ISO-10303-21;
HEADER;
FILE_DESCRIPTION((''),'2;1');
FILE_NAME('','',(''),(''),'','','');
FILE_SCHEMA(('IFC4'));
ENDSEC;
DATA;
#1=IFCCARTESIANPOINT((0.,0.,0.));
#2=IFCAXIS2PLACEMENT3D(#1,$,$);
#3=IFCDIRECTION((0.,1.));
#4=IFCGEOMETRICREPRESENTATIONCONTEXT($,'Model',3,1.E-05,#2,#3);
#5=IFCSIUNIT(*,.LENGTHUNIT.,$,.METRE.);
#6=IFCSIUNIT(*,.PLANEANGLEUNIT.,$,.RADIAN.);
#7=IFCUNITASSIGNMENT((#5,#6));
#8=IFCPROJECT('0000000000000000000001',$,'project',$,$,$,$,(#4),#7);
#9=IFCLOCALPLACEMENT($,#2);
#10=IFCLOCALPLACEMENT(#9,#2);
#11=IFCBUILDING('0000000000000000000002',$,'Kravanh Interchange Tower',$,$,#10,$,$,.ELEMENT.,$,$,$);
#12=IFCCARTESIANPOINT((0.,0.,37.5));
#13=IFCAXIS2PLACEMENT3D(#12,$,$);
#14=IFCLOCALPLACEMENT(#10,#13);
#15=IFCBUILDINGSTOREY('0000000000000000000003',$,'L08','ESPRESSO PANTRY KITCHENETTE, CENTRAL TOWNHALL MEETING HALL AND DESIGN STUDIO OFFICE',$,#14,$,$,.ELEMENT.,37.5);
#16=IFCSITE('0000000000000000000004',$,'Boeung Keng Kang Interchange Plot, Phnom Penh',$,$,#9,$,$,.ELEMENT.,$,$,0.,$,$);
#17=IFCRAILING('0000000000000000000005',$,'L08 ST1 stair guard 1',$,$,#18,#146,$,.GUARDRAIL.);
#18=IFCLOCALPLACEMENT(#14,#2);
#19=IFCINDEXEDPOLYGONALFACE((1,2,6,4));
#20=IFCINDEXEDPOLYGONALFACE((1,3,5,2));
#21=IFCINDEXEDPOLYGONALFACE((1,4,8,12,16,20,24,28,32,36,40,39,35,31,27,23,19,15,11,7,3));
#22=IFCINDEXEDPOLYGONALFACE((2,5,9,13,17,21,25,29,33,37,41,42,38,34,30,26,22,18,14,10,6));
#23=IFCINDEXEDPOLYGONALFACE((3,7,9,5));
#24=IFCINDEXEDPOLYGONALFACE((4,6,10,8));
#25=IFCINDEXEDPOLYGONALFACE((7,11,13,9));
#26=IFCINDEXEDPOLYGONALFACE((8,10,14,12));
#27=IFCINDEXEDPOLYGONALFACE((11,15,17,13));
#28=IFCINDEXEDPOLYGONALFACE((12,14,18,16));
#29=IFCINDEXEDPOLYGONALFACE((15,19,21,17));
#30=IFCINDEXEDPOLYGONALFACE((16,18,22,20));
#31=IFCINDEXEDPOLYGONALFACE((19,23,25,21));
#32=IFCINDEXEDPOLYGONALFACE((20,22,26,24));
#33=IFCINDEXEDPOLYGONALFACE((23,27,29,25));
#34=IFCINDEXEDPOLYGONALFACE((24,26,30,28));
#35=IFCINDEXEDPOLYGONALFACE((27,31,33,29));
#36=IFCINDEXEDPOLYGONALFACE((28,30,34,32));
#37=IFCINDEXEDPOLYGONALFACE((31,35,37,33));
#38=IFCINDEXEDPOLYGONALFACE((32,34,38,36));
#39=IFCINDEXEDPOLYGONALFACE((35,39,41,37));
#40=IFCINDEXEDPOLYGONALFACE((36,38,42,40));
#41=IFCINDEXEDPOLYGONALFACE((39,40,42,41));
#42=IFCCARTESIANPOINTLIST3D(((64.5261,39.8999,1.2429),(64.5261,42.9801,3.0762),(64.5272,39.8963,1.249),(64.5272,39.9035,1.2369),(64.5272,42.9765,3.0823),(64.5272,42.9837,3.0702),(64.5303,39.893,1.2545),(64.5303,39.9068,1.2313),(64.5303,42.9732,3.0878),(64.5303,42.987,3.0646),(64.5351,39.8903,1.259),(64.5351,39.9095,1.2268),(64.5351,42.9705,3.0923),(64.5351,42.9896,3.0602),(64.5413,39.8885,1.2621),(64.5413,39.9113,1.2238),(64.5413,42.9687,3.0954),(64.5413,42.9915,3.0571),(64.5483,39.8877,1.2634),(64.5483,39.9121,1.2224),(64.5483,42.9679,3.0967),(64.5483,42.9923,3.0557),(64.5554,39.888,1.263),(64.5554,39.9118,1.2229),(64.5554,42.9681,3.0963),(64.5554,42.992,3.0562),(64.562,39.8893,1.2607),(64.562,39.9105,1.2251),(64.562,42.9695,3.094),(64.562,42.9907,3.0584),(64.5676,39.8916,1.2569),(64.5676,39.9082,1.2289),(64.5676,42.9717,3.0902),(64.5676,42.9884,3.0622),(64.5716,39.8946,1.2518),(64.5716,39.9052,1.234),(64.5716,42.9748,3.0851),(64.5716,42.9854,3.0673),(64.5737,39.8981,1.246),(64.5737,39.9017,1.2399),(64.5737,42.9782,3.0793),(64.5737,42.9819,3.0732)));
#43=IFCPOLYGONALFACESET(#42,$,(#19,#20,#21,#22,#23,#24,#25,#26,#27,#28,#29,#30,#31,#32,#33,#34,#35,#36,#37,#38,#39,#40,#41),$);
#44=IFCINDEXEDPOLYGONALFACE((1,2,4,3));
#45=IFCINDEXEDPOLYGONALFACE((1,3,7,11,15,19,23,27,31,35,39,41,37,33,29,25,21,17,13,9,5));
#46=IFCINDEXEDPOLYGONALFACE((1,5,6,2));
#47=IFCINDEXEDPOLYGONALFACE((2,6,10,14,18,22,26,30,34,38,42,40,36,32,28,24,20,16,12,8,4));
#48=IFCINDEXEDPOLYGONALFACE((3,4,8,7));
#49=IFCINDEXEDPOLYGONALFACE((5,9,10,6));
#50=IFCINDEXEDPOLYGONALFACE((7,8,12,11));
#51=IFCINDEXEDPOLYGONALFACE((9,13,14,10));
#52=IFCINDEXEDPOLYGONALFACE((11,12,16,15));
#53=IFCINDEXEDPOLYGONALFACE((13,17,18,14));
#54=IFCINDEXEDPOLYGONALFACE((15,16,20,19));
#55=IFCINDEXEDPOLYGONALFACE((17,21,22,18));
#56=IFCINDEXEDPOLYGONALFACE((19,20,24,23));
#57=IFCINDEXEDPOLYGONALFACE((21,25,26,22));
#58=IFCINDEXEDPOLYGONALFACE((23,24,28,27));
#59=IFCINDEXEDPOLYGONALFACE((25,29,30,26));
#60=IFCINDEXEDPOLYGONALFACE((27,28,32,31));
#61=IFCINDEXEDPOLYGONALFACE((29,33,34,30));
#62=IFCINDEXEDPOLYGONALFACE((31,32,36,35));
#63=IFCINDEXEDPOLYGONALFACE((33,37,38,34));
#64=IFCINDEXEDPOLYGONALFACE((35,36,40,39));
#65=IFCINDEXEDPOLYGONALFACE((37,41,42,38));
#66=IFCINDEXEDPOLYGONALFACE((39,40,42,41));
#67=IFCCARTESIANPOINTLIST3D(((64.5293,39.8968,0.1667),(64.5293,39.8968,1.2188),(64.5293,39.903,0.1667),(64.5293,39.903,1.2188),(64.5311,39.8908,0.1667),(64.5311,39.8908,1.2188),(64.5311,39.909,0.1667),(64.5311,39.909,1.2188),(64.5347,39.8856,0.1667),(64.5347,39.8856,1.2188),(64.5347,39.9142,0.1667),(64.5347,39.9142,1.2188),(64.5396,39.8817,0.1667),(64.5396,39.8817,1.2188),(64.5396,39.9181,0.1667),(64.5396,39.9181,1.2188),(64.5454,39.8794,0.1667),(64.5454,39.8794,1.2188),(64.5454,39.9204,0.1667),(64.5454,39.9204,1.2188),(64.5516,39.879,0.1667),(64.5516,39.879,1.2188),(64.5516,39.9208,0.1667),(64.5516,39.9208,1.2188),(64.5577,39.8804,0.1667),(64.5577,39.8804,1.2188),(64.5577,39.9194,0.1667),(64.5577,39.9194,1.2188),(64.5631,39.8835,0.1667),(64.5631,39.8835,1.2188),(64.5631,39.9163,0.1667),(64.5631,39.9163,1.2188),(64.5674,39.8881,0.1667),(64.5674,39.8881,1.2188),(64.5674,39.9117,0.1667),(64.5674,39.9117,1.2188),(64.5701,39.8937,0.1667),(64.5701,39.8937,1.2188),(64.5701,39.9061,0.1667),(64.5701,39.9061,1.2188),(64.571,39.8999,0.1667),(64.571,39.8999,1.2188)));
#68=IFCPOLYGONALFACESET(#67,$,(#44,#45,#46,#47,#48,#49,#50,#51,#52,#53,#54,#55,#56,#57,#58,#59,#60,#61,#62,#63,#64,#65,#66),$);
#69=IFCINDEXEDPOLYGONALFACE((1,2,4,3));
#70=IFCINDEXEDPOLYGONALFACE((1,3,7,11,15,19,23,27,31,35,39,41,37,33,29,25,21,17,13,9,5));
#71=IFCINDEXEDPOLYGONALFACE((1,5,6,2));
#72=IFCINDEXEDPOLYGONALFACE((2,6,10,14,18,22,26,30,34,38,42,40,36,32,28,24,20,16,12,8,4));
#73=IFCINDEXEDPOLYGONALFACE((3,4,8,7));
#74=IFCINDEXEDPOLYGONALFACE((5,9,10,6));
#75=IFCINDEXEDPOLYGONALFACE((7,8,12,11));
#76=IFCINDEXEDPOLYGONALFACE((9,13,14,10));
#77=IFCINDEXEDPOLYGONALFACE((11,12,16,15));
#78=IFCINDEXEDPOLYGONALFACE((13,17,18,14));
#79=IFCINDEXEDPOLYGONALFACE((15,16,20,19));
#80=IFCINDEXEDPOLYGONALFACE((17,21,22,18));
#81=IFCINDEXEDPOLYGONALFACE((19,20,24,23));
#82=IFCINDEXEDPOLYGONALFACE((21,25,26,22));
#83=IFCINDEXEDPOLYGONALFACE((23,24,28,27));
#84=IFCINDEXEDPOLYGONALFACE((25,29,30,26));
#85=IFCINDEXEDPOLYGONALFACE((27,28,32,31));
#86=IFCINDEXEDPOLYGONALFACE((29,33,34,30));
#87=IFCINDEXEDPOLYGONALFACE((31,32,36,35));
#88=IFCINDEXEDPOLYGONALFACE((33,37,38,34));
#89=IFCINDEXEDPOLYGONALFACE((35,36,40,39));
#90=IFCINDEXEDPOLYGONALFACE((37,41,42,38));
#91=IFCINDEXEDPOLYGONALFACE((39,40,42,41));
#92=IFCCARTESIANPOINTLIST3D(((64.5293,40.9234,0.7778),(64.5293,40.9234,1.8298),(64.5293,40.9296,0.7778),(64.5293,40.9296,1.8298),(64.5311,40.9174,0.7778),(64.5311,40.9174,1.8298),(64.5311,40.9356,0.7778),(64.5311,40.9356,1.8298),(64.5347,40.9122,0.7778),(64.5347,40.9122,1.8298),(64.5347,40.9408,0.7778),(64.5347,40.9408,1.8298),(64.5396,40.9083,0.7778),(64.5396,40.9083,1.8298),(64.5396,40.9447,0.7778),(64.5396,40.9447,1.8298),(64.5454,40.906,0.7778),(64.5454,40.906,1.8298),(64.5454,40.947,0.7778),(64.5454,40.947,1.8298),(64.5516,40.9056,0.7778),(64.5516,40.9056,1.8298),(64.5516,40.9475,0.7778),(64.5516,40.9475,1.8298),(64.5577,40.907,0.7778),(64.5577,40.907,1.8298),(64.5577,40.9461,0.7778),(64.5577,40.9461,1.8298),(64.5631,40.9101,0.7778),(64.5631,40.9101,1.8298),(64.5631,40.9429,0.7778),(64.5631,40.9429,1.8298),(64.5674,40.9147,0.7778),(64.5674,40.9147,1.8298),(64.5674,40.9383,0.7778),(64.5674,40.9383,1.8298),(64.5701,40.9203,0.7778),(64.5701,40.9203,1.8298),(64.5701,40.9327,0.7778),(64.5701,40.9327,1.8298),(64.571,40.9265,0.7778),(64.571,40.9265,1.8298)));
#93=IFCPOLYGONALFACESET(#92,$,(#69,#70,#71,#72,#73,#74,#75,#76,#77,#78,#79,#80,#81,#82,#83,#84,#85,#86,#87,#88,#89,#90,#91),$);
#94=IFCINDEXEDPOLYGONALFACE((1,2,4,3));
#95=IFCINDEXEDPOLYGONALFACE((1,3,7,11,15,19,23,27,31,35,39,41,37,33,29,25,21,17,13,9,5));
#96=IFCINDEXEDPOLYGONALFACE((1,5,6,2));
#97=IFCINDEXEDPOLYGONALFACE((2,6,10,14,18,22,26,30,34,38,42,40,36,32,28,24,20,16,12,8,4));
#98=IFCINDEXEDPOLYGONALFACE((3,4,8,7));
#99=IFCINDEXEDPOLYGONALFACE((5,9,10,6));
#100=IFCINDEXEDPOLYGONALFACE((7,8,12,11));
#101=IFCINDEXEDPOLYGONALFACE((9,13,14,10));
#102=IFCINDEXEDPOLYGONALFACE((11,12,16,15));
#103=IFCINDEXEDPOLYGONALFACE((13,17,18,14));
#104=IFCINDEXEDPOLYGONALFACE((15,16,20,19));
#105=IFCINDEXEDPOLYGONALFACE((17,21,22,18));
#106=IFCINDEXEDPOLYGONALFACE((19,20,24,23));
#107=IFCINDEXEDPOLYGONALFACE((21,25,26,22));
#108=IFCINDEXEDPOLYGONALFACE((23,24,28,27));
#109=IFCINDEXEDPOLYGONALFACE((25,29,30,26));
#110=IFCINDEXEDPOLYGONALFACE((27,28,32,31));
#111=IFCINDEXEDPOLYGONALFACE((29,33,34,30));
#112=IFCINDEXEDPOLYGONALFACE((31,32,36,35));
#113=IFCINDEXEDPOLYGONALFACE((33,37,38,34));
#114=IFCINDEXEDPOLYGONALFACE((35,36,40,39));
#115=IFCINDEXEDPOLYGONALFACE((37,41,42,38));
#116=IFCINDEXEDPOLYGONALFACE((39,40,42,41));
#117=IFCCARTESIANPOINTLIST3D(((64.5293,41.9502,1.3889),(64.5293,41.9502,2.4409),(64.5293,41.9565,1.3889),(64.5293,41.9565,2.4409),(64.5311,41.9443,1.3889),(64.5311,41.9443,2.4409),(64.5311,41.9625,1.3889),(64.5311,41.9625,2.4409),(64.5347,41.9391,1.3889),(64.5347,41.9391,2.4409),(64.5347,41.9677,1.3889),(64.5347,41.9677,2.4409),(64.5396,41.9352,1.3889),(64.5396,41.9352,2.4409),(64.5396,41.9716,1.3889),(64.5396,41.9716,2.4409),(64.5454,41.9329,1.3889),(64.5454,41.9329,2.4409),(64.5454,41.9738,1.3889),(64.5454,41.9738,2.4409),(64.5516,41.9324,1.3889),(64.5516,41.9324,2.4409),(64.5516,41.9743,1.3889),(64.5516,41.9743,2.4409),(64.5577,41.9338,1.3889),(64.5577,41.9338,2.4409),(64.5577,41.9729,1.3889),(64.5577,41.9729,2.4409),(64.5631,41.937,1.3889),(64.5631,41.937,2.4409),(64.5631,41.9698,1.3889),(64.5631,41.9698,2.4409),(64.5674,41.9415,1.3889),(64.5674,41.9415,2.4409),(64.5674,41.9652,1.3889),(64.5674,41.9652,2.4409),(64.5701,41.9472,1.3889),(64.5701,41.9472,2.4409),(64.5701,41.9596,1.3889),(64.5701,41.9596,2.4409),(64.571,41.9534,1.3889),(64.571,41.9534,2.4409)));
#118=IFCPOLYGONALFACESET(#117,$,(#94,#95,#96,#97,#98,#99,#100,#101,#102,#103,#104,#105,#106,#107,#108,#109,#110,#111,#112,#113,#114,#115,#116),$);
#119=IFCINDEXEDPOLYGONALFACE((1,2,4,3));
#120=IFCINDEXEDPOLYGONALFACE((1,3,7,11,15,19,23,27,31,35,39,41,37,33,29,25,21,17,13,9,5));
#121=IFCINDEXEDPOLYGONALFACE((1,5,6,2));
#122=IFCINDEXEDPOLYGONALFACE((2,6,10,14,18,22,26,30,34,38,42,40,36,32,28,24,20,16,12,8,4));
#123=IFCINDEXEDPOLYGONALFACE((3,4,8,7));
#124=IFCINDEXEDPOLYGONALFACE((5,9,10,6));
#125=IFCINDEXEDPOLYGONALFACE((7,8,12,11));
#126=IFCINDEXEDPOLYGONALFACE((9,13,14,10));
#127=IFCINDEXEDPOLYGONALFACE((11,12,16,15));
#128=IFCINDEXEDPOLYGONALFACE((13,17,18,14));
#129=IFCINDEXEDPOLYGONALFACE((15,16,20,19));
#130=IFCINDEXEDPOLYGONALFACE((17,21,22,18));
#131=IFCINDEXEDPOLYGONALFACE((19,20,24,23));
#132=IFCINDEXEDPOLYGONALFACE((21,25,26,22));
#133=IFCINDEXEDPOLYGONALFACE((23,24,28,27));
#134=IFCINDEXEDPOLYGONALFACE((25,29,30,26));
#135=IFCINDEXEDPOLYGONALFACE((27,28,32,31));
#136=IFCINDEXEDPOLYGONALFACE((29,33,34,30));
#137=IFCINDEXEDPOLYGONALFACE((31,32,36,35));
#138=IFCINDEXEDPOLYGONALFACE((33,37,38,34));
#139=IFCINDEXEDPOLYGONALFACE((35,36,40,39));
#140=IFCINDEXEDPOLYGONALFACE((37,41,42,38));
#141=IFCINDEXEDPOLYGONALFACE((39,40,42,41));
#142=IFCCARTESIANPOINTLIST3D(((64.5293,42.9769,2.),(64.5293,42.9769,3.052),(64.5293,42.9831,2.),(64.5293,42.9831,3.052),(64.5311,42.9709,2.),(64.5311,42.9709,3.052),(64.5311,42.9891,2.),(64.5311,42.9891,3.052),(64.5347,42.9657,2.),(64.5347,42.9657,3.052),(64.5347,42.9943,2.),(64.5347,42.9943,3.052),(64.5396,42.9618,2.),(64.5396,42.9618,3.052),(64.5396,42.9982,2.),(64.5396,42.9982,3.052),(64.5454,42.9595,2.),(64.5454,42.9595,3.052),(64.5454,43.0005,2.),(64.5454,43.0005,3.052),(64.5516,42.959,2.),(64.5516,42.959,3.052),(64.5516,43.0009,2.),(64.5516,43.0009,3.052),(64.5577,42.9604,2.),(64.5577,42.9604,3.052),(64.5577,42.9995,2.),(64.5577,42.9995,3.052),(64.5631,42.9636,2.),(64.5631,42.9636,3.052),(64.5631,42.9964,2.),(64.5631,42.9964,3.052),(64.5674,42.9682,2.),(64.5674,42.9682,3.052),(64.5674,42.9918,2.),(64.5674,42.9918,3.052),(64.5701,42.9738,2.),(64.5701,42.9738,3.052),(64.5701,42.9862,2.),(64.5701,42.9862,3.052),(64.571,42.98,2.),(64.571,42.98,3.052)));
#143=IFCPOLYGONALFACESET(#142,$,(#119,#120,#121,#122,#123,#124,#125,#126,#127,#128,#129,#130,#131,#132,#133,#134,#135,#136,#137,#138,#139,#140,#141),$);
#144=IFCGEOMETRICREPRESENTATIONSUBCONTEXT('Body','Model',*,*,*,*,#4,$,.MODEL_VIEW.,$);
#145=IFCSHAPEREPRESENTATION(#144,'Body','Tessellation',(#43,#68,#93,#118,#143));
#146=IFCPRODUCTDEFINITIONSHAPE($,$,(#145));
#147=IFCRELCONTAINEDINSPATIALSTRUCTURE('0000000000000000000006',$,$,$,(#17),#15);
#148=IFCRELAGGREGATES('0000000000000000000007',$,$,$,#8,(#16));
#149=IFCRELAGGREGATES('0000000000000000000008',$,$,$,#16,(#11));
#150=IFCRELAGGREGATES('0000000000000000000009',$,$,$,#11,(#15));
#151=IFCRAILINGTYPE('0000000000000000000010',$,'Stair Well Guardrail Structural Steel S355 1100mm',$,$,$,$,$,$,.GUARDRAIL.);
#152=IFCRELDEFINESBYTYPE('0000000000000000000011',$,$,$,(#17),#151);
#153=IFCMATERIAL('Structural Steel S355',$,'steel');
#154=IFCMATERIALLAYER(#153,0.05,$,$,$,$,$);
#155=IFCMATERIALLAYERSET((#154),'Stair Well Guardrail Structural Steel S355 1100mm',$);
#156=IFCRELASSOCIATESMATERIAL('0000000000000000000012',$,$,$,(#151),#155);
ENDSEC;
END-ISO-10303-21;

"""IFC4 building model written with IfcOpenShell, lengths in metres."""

from ifc_helpers import new_model, si_unit, direction, frame, origin, origin_2d, place, context, subcontext, project, spatial, circle, extrude, material, layer, layer_set, type_object, element, save


model = new_model("IFC4")

# Units and contexts
model_context = context("Model", 3, precision=1e-05, world=origin(), true_north=direction((0.0, 1.0)))
body_context = subcontext(model_context, "Body", "Model", "MODEL_VIEW")
ifc_project = project(units=[si_unit("LENGTHUNIT", "METRE"), si_unit("PLANEANGLEUNIT", "RADIAN")], contexts=[model_context])

# Site, building, storey
site_placement = place(None, origin())
site = spatial("IfcSite", under=ifc_project, at=site_placement, Name="Boeung Keng Kang Interchange Plot, Phnom Penh", CompositionType="ELEMENT", RefElevation=0.0)
building_placement = place(site_placement, origin())
building = spatial("IfcBuilding", under=site, at=building_placement, Name="Kravanh Interchange Tower", CompositionType="ELEMENT")
storey_placement = place(building_placement, frame((0.0, 0.0, 37.5)))
storey = spatial("IfcBuildingStorey", under=building, at=storey_placement, Name="L08", Description="ESPRESSO PANTRY KITCHENETTE, CENTRAL TOWNHALL MEETING HALL AND DESIGN STUDIO OFFICE", CompositionType="ELEMENT", Elevation=37.5)

# Railing
ifc_material_1 = material(Name="Structural Steel S355", Category="steel")
ifc_layer_1 = layer(ifc_material_1, 0.05)
ifc_layer_set_1 = layer_set([ifc_layer_1], Name="Stair Well Guardrail Structural Steel S355 1100mm")
railing_type_1 = type_object("IfcRailingType", Name="Stair Well Guardrail Structural Steel S355 1100mm", PredefinedType="GUARDRAIL", material=ifc_layer_set_1)
railing_1_placement = place(storey_placement, frame((64.55, 39.8999, 0.1667)))
element("IfcRailing", 1, at=railing_1_placement, inside=storey, type_object=railing_type_1, Name="L08 ST1 stair guard 1", PredefinedType="GUARDRAIL", context=body_context, shape_type="SweptSolid", body=[
    extrude(circle(Radius=0.0239, at=origin_2d()), frame((0.0, 0.0, 1.0762), z_axis=(0.0, 0.859309, 0.511458), x_axis=(-1.0, 0.0, 0.0)), (0.0, 0.0, 1.0), 3.5845),
    extrude(circle(Radius=0.021, at=origin_2d()), origin(), (0.0, 0.0, 1.0), 1.052),
    extrude(circle(Radius=0.021, at=origin_2d()), frame((0.0, 1.0266, 0.6111)), (0.0, 0.0, 1.0), 1.052),
    extrude(circle(Radius=0.021, at=origin_2d()), frame((0.0, 2.0535, 1.2222)), (0.0, 0.0, 1.0), 1.052),
    extrude(circle(Radius=0.021, at=origin_2d()), frame((0.0, 3.0801, 1.8333)), (0.0, 0.0, 1.0), 1.052),
])

save(model, "model.ifc")
